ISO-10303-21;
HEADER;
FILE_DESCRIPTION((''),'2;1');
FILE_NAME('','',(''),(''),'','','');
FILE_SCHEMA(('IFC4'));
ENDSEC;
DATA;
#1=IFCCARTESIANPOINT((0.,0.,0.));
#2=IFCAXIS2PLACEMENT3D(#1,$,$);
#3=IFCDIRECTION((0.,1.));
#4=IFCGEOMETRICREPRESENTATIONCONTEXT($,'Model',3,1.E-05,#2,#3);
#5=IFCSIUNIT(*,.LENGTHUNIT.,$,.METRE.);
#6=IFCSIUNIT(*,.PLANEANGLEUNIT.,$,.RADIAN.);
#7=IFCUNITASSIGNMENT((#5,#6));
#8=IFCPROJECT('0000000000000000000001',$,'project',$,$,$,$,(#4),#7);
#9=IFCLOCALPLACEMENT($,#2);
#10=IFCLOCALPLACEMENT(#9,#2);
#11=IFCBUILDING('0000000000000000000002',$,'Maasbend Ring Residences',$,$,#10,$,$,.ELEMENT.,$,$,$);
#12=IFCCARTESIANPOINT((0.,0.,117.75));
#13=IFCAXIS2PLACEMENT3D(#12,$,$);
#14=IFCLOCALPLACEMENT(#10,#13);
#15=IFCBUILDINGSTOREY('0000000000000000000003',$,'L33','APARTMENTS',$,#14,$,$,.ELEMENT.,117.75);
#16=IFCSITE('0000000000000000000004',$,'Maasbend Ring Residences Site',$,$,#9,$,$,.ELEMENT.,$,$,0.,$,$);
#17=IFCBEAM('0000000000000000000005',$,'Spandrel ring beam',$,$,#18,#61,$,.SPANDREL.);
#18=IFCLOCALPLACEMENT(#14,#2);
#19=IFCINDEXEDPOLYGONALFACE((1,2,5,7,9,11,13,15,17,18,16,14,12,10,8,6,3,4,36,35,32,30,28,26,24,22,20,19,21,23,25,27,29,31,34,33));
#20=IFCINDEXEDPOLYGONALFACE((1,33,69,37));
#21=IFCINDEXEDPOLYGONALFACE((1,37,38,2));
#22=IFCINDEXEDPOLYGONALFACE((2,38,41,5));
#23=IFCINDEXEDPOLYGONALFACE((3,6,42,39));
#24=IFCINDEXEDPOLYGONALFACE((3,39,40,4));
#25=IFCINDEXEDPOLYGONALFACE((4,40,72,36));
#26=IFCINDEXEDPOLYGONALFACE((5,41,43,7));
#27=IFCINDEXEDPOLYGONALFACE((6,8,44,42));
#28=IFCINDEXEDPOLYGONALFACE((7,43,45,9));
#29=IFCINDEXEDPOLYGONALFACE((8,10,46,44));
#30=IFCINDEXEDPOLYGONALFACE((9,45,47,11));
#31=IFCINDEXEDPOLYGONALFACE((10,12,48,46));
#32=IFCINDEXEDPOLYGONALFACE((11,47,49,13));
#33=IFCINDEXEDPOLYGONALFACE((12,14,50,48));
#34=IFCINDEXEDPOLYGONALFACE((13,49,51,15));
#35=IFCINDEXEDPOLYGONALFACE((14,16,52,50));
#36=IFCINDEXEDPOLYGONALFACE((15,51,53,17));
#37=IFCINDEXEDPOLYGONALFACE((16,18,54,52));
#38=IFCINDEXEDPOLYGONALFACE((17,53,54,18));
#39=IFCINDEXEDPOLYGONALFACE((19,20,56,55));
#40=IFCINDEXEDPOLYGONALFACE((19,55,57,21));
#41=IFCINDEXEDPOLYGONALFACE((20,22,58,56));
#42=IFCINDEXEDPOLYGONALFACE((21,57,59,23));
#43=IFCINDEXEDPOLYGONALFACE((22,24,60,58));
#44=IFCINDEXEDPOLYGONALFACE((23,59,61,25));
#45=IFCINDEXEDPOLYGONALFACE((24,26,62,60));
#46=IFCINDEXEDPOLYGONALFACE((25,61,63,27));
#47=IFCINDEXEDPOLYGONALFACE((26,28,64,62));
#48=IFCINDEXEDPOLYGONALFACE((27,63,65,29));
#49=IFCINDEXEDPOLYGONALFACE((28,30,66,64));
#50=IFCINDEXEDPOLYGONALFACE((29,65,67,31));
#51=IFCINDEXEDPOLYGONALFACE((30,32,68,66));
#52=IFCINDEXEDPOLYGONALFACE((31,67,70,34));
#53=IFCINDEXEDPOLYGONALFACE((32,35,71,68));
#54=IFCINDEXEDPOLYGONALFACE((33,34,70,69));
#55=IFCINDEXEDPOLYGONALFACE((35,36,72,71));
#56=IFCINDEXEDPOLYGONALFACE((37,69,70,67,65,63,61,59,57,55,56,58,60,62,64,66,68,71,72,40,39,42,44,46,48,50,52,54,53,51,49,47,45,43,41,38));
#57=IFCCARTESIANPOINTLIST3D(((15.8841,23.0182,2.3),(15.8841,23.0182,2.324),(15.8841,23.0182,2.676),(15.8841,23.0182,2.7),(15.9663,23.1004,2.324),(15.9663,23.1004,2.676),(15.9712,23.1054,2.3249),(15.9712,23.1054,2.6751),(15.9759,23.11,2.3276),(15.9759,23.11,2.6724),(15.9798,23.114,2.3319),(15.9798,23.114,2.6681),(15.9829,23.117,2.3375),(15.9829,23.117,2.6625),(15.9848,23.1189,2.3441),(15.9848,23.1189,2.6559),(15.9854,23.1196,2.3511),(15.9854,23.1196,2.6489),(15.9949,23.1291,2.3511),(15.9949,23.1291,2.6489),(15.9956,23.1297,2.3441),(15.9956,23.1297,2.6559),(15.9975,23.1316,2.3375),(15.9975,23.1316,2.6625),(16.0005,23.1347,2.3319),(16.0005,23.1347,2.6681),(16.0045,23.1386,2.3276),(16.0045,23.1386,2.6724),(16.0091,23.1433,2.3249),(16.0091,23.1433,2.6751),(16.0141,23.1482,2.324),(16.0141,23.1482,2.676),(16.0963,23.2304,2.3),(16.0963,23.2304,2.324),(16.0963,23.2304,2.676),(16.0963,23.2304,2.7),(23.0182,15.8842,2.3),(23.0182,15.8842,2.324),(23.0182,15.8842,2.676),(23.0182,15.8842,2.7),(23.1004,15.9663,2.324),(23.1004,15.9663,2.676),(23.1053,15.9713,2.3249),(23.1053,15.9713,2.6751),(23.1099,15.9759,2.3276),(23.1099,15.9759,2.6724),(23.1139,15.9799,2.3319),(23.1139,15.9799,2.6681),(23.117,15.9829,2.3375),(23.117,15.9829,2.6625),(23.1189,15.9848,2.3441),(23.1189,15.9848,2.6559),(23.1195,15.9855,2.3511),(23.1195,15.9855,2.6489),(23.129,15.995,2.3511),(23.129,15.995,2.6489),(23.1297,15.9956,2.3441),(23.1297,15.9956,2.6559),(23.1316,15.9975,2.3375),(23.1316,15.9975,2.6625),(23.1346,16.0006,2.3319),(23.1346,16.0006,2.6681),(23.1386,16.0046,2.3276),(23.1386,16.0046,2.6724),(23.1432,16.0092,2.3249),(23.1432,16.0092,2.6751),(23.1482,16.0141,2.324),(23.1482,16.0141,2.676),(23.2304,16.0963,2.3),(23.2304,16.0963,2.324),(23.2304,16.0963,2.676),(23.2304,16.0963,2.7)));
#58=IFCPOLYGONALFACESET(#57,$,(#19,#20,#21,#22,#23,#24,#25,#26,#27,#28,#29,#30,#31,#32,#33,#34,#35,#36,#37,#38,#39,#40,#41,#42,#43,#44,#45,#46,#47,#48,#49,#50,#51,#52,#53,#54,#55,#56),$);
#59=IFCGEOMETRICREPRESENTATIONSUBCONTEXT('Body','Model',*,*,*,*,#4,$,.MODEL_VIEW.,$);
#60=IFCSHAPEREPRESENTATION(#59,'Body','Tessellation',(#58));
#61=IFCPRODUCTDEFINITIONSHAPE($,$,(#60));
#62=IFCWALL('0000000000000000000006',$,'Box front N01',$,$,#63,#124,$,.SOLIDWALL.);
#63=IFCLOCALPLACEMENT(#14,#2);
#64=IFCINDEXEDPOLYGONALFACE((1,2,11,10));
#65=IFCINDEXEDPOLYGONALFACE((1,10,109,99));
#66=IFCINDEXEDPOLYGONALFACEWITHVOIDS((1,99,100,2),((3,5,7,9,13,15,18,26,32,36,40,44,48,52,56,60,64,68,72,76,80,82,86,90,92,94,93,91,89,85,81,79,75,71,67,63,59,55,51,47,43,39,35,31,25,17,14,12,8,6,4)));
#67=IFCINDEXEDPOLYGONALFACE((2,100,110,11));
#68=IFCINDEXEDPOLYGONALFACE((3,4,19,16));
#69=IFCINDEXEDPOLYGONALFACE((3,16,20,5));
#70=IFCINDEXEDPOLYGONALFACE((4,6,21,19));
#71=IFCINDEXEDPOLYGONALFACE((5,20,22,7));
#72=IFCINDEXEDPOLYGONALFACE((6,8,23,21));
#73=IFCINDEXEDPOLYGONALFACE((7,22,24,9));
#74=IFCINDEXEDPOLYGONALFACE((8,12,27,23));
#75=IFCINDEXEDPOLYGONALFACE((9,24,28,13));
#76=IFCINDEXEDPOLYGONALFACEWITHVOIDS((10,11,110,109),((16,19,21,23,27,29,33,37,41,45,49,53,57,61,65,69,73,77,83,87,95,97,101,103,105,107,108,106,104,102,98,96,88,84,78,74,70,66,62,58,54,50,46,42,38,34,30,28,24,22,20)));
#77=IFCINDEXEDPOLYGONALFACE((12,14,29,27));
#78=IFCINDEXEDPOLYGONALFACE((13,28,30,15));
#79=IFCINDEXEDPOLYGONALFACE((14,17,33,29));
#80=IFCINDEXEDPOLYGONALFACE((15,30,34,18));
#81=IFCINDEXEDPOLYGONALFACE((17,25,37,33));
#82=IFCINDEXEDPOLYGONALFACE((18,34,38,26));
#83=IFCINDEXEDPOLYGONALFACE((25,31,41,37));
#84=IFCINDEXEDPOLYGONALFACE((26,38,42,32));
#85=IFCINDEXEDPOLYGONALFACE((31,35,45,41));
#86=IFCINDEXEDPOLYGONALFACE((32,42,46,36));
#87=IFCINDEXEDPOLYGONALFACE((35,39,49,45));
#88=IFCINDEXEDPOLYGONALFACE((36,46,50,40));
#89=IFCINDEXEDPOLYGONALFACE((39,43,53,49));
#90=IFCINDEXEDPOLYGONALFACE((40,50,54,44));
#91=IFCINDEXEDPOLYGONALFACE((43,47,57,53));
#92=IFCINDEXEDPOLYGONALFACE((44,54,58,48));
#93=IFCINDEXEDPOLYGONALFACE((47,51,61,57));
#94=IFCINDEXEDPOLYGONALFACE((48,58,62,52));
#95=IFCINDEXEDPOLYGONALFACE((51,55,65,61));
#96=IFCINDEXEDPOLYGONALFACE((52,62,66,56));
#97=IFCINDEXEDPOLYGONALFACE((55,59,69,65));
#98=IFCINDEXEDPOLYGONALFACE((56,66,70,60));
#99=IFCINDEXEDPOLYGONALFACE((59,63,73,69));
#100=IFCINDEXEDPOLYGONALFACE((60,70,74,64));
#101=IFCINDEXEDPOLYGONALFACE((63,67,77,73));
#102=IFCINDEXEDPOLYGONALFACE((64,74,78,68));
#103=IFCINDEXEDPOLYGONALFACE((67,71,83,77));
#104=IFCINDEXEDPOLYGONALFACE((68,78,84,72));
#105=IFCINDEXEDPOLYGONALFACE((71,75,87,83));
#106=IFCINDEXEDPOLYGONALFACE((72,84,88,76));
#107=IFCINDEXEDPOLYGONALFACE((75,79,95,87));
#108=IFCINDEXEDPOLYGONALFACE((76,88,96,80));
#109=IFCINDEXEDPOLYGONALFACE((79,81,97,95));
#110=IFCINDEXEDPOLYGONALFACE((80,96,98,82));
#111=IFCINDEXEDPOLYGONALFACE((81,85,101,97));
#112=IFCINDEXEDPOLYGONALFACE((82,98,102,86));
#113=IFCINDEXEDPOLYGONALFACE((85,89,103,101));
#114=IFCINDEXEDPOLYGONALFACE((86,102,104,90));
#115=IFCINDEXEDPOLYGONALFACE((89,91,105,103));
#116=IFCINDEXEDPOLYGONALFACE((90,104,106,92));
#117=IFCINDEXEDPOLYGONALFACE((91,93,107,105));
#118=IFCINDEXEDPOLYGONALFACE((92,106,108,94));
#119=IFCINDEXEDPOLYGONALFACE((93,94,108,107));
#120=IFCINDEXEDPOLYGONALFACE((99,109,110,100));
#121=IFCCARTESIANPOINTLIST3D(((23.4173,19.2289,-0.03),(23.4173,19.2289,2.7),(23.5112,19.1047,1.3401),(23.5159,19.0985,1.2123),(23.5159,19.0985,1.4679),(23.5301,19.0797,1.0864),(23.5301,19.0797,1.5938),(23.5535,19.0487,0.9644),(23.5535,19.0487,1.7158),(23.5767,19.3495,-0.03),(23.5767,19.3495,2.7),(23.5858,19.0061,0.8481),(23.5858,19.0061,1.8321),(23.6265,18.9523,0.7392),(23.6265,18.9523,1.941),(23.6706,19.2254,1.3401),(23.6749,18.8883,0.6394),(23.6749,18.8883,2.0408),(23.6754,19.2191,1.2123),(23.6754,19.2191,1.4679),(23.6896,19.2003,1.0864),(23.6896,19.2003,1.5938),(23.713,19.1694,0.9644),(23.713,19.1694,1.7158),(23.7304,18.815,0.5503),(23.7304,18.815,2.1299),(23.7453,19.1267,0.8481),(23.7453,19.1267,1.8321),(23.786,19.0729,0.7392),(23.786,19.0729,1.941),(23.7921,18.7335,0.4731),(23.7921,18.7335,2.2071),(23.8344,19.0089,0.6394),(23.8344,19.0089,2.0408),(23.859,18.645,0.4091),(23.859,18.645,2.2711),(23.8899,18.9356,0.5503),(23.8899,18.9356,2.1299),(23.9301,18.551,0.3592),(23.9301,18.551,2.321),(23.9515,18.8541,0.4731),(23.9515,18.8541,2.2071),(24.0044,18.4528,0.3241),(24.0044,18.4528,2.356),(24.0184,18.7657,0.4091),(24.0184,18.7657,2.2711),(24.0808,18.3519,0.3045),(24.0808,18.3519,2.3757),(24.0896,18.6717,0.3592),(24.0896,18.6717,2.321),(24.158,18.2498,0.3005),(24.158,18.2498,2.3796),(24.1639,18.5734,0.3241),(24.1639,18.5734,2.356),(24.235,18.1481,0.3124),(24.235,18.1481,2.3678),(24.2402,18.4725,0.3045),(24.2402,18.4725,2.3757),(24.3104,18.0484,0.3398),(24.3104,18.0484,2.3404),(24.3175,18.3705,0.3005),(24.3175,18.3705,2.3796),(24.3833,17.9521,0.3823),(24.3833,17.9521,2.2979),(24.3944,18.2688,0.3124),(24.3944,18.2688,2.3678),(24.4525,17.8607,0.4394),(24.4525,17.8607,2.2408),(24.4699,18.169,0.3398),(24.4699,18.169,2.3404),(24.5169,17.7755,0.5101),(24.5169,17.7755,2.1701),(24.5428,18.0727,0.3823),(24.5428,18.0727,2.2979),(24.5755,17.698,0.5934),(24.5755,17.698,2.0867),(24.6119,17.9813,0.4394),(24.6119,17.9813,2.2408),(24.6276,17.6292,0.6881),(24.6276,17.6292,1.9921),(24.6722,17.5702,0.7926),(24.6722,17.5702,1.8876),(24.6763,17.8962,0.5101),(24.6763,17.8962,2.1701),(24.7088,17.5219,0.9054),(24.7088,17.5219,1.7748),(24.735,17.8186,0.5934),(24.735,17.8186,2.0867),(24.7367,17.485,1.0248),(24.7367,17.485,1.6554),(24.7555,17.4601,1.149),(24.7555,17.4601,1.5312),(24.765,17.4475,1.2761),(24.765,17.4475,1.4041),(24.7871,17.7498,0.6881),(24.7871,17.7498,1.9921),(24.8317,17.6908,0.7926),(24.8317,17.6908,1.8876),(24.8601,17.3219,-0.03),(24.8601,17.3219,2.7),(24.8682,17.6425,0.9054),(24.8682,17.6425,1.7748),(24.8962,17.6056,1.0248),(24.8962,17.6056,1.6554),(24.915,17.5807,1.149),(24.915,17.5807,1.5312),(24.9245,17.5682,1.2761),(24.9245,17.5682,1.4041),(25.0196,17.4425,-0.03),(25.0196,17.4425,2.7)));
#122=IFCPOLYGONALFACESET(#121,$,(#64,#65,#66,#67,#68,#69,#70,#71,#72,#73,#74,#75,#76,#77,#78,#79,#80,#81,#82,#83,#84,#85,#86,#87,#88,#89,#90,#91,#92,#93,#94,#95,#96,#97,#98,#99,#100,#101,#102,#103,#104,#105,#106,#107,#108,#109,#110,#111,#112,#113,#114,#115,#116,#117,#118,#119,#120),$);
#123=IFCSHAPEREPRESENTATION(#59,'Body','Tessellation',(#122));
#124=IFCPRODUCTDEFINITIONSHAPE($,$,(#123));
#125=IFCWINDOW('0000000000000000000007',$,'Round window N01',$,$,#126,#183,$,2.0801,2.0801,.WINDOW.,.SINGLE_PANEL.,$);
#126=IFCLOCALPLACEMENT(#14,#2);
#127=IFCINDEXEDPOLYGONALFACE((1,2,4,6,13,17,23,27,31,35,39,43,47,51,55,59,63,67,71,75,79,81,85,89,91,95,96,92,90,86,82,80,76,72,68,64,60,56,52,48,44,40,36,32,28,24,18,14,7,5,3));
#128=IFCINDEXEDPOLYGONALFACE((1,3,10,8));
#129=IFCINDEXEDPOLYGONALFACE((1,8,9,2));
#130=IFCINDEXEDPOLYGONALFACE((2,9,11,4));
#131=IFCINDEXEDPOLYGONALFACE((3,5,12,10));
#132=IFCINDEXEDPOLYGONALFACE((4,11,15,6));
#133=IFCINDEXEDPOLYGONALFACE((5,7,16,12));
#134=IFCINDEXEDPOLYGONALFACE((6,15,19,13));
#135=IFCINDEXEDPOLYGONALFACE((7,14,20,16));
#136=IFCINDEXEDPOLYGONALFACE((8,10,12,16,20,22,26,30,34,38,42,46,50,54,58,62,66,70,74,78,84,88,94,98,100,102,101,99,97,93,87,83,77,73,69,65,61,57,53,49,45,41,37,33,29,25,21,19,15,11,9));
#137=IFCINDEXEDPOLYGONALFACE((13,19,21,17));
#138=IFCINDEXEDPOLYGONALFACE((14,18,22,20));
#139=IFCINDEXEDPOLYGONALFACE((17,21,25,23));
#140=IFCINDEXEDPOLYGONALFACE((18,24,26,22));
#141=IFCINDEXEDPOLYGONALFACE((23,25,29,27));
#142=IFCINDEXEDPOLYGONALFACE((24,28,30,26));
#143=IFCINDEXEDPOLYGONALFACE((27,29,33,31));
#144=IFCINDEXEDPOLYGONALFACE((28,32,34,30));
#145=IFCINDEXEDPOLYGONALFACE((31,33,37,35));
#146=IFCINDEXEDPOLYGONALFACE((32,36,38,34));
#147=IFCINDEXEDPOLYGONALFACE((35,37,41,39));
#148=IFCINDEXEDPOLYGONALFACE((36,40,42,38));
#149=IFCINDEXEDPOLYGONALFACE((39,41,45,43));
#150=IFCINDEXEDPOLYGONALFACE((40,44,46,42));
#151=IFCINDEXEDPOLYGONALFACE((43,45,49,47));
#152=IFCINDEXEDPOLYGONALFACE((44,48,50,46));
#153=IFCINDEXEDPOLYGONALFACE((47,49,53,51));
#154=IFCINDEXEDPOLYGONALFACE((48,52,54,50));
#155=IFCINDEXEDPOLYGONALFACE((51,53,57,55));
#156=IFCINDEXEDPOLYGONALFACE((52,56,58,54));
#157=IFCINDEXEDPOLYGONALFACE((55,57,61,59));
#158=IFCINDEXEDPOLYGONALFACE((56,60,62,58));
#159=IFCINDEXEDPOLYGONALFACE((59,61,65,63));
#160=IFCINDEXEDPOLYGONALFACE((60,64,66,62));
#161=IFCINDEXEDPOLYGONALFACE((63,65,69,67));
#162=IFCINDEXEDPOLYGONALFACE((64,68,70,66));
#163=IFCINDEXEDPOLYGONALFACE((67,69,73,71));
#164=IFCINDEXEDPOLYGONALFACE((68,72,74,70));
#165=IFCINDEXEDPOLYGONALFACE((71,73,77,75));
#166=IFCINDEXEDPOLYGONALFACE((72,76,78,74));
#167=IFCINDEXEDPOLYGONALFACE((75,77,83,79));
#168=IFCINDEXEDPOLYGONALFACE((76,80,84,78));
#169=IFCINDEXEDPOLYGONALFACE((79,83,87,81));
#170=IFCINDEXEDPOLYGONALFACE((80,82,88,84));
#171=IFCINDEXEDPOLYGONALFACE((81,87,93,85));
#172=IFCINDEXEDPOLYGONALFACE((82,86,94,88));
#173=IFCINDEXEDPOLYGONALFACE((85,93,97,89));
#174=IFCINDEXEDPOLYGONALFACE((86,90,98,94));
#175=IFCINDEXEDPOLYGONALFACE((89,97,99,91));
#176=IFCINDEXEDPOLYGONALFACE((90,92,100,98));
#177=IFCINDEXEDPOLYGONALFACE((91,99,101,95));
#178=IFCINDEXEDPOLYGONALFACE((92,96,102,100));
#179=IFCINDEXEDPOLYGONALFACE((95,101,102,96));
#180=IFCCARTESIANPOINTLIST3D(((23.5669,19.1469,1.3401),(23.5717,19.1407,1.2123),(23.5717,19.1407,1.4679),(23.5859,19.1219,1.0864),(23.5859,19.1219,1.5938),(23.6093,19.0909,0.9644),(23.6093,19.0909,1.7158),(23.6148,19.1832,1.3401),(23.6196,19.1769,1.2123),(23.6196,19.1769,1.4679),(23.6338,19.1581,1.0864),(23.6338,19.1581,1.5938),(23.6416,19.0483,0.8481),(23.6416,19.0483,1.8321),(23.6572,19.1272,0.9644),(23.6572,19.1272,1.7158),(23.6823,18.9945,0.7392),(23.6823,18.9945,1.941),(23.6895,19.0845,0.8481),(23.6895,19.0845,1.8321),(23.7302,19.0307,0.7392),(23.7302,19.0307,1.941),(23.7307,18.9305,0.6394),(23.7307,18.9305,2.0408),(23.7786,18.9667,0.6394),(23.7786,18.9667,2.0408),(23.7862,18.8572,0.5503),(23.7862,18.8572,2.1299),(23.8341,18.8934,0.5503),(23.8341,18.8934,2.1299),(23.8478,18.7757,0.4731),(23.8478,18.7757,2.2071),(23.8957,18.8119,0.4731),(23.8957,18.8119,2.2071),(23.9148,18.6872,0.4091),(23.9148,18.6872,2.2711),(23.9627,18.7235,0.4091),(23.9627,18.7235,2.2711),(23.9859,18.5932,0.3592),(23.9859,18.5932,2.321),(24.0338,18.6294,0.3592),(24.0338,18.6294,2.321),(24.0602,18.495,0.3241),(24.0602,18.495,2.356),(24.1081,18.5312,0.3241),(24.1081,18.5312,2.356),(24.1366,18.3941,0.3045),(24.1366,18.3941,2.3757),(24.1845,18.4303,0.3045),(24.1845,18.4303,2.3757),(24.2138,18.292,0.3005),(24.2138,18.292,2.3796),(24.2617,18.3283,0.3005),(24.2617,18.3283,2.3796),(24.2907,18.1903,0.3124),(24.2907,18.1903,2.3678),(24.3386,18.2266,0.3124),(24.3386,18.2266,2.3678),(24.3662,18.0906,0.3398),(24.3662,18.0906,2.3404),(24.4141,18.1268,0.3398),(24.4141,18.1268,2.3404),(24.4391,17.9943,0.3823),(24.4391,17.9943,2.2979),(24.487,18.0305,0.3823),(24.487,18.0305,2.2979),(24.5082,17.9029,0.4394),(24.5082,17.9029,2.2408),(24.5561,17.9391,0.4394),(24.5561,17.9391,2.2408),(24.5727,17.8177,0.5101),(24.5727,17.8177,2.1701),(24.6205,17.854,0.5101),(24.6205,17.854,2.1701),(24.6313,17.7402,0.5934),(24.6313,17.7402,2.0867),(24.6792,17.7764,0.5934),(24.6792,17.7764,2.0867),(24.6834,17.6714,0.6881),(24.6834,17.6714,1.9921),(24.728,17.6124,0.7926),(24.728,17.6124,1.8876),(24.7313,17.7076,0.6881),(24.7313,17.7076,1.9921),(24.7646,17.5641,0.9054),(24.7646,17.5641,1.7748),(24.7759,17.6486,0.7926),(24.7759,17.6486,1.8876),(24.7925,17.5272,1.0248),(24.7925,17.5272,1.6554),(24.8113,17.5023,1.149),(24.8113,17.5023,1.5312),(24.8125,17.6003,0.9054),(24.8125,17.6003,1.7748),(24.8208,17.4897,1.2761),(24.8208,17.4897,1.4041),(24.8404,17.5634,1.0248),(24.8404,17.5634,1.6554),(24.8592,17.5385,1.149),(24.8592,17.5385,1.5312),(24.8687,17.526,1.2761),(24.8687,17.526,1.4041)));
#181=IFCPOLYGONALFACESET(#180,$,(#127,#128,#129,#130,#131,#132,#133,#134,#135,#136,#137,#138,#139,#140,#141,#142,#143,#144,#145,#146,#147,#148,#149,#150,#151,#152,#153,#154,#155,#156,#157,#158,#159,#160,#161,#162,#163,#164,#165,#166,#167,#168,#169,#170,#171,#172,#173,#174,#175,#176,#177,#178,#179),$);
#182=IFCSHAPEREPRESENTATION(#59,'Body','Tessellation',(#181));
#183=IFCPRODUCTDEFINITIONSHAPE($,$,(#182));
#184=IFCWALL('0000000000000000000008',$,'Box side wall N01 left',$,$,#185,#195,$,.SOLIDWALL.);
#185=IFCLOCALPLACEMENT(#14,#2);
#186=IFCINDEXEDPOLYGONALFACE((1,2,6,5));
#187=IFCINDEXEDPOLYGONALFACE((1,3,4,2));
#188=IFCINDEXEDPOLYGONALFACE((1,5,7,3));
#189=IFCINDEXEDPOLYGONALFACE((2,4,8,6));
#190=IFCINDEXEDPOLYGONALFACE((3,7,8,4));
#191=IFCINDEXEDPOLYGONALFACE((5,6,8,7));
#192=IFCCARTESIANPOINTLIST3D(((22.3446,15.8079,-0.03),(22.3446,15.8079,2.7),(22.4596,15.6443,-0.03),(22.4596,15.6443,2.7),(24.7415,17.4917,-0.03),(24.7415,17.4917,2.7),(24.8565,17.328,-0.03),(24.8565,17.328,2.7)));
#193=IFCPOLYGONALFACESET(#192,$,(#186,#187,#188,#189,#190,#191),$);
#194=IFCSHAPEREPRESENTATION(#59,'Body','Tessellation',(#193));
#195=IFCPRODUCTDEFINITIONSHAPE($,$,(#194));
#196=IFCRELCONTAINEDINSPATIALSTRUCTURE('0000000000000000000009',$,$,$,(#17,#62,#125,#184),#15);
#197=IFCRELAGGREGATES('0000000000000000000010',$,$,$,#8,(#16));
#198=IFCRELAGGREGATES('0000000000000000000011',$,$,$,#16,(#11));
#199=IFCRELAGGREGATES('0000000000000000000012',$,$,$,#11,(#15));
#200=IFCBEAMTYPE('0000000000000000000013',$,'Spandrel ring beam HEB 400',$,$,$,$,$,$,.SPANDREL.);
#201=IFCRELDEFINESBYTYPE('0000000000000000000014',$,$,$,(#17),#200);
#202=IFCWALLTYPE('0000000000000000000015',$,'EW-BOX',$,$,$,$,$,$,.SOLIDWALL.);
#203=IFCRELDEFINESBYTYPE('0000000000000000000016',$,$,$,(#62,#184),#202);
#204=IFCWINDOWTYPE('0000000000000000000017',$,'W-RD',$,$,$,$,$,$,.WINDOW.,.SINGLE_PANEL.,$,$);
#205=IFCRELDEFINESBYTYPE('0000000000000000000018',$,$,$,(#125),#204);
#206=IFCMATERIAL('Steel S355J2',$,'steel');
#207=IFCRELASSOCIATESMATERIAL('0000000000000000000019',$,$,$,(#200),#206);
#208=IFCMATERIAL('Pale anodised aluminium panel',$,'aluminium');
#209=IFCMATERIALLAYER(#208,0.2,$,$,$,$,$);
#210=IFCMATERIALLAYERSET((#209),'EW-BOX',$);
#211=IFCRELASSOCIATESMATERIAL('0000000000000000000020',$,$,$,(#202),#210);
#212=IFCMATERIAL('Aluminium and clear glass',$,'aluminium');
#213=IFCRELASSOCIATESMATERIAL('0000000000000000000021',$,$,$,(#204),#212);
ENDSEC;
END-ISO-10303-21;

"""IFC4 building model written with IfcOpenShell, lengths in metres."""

from ifc_helpers import new_model, si_unit, direction, frame, frame_2d, origin, origin_2d, place, context, subcontext, project, spatial, rectangle, circle, i_section, extrude, material, layer, layer_set, material_profile, profile_set, type_object, element, fill, save


model = new_model("IFC4")

# Units and contexts
model_context = context("Model", 3, precision=1e-05, world=origin(), true_north=direction((0.0, 1.0)))
body_context = subcontext(model_context, "Body", "Model", "MODEL_VIEW")
ifc_project = project(units=[si_unit("LENGTHUNIT", "METRE"), si_unit("PLANEANGLEUNIT", "RADIAN")], contexts=[model_context])

# Site, building, storey
site_placement = place(None, origin())
site = spatial("IfcSite", under=ifc_project, at=site_placement, Name="Maasbend Ring Residences Site", CompositionType="ELEMENT", RefElevation=0.0)
building_placement = place(site_placement, origin())
building = spatial("IfcBuilding", under=site, at=building_placement, Name="Maasbend Ring Residences", CompositionType="ELEMENT")
storey_placement = place(building_placement, frame((0.0, 0.0, 117.75)))
storey = spatial("IfcBuildingStorey", under=building, at=storey_placement, Name="L33", Description="APARTMENTS", CompositionType="ELEMENT", Elevation=117.75)

# Beam
ifc_material_1 = material(Name="Steel S355J2", Category="steel")
ifc_material_profile_1 = material_profile(ifc_material_1, i_section(OverallWidth=0.3, OverallDepth=0.3999, WebThickness=0.0134, FlangeThickness=0.0239, FilletRadius=0.0271, at=origin_2d()), Name="HEB 400")
ifc_profile_set_1 = profile_set([ifc_material_profile_1], Name="Steel S355J2")
beam_type = type_object("IfcBeamType", Name="Spandrel ring beam HEB 400", PredefinedType="SPANDREL", material=ifc_profile_set_1)
beam_placement = place(storey_placement, frame((23.1243, 15.9902, 2.5), z_axis=(-0.707107, 0.707107, 0.0), x_axis=(-0.707107, -0.707107, 0.0)))
element("IfcBeam", 1, at=beam_placement, inside=storey, type_object=beam_type, Name="Spandrel ring beam", PredefinedType="SPANDREL", context=body_context, shape_type="SweptSolid", body=[
    extrude(i_section(OverallWidth=0.3, OverallDepth=0.3999, WebThickness=0.0134, FlangeThickness=0.0239, FilletRadius=0.0271, at=origin_2d()), origin(), (0.0, 0.0, 1.0), 10.0891),
])

# Wall, opening, window
ifc_material_2 = material(Name="Pale anodised aluminium panel", Category="aluminium")
ifc_layer_1 = layer(ifc_material_2, 0.2)
ifc_layer_set_1 = layer_set([ifc_layer_1], Name="EW-BOX")
wall_type_1 = type_object("IfcWallType", Name="EW-BOX", PredefinedType="SOLIDWALL", material=ifc_layer_set_1)
wall_1_placement = place(storey_placement, frame((24.9399, 17.3821, -0.03), z_axis=(0.0, 0.0, 1.0), x_axis=(-0.603376, 0.797457, 0.0)))
wall_1 = element("IfcWall", 2, at=wall_1_placement, inside=storey, type_object=wall_type_1, Name="Box front N01", PredefinedType="SOLIDWALL", context=body_context, shape_type="SweptSolid", body=[
    extrude(rectangle(XDim=2.3914, YDim=0.2, at=frame_2d((1.1958, 0.0))), origin(), (0.0, 0.0, 1.0), 2.73),
])
opening_1_placement = place(wall_1_placement, frame((0.1558, 0.0, 0.3301)))
opening_1 = element("IfcOpeningElement", 3, at=opening_1_placement, cuts=wall_1, PredefinedType="OPENING", context=body_context, shape_type="SweptSolid", body=[
    extrude(circle(Radius=1.04, at=frame_2d((1.04, 1.04))), frame((0.0, 0.1099, 0.0), z_axis=(0.0, -1.0, 0.0), x_axis=(1.0, 0.0, 0.0)), (0.0, 0.0, 1.0), 0.22),
])
ifc_material_3 = material(Name="Aluminium and clear glass", Category="aluminium")
window_type_1 = type_object("IfcWindowType", Name="W-RD", PartitioningType="SINGLE_PANEL", PredefinedType="WINDOW", material=ifc_material_3)
window_1_placement = place(opening_1_placement, origin())
window_1 = element("IfcWindow", 4, at=window_1_placement, inside=storey, type_object=window_type_1, Name="Round window N01", OverallHeight=2.0801, OverallWidth=2.0801, PartitioningType="SINGLE_PANEL", PredefinedType="WINDOW", context=body_context, shape_type="SweptSolid", body=[
    extrude(circle(Radius=1.04, at=frame_2d((1.04, 1.04))), frame((0.0, 0.03, 0.0), z_axis=(0.0, -1.0, 0.0), x_axis=(1.0, 0.0, 0.0)), (0.0, 0.0, 1.0), 0.0601),
])
fill(opening_1, window_1)

# Wall
wall_2_placement = place(storey_placement, frame((22.4021, 15.7261, -0.03), z_axis=(0.0, 0.0, 1.0), x_axis=(0.818275, 0.574826, 0.0)))
element("IfcWall", 5, at=wall_2_placement, inside=storey, type_object=wall_type_1, Name="Box side wall N01 left", PredefinedType="SOLIDWALL", context=body_context, shape_type="SweptSolid", body=[
    extrude(rectangle(XDim=2.9292, YDim=0.2, at=frame_2d((1.4646, 0.0))), origin(), (0.0, 0.0, 1.0), 2.73),
])

save(model, "model.ifc")
